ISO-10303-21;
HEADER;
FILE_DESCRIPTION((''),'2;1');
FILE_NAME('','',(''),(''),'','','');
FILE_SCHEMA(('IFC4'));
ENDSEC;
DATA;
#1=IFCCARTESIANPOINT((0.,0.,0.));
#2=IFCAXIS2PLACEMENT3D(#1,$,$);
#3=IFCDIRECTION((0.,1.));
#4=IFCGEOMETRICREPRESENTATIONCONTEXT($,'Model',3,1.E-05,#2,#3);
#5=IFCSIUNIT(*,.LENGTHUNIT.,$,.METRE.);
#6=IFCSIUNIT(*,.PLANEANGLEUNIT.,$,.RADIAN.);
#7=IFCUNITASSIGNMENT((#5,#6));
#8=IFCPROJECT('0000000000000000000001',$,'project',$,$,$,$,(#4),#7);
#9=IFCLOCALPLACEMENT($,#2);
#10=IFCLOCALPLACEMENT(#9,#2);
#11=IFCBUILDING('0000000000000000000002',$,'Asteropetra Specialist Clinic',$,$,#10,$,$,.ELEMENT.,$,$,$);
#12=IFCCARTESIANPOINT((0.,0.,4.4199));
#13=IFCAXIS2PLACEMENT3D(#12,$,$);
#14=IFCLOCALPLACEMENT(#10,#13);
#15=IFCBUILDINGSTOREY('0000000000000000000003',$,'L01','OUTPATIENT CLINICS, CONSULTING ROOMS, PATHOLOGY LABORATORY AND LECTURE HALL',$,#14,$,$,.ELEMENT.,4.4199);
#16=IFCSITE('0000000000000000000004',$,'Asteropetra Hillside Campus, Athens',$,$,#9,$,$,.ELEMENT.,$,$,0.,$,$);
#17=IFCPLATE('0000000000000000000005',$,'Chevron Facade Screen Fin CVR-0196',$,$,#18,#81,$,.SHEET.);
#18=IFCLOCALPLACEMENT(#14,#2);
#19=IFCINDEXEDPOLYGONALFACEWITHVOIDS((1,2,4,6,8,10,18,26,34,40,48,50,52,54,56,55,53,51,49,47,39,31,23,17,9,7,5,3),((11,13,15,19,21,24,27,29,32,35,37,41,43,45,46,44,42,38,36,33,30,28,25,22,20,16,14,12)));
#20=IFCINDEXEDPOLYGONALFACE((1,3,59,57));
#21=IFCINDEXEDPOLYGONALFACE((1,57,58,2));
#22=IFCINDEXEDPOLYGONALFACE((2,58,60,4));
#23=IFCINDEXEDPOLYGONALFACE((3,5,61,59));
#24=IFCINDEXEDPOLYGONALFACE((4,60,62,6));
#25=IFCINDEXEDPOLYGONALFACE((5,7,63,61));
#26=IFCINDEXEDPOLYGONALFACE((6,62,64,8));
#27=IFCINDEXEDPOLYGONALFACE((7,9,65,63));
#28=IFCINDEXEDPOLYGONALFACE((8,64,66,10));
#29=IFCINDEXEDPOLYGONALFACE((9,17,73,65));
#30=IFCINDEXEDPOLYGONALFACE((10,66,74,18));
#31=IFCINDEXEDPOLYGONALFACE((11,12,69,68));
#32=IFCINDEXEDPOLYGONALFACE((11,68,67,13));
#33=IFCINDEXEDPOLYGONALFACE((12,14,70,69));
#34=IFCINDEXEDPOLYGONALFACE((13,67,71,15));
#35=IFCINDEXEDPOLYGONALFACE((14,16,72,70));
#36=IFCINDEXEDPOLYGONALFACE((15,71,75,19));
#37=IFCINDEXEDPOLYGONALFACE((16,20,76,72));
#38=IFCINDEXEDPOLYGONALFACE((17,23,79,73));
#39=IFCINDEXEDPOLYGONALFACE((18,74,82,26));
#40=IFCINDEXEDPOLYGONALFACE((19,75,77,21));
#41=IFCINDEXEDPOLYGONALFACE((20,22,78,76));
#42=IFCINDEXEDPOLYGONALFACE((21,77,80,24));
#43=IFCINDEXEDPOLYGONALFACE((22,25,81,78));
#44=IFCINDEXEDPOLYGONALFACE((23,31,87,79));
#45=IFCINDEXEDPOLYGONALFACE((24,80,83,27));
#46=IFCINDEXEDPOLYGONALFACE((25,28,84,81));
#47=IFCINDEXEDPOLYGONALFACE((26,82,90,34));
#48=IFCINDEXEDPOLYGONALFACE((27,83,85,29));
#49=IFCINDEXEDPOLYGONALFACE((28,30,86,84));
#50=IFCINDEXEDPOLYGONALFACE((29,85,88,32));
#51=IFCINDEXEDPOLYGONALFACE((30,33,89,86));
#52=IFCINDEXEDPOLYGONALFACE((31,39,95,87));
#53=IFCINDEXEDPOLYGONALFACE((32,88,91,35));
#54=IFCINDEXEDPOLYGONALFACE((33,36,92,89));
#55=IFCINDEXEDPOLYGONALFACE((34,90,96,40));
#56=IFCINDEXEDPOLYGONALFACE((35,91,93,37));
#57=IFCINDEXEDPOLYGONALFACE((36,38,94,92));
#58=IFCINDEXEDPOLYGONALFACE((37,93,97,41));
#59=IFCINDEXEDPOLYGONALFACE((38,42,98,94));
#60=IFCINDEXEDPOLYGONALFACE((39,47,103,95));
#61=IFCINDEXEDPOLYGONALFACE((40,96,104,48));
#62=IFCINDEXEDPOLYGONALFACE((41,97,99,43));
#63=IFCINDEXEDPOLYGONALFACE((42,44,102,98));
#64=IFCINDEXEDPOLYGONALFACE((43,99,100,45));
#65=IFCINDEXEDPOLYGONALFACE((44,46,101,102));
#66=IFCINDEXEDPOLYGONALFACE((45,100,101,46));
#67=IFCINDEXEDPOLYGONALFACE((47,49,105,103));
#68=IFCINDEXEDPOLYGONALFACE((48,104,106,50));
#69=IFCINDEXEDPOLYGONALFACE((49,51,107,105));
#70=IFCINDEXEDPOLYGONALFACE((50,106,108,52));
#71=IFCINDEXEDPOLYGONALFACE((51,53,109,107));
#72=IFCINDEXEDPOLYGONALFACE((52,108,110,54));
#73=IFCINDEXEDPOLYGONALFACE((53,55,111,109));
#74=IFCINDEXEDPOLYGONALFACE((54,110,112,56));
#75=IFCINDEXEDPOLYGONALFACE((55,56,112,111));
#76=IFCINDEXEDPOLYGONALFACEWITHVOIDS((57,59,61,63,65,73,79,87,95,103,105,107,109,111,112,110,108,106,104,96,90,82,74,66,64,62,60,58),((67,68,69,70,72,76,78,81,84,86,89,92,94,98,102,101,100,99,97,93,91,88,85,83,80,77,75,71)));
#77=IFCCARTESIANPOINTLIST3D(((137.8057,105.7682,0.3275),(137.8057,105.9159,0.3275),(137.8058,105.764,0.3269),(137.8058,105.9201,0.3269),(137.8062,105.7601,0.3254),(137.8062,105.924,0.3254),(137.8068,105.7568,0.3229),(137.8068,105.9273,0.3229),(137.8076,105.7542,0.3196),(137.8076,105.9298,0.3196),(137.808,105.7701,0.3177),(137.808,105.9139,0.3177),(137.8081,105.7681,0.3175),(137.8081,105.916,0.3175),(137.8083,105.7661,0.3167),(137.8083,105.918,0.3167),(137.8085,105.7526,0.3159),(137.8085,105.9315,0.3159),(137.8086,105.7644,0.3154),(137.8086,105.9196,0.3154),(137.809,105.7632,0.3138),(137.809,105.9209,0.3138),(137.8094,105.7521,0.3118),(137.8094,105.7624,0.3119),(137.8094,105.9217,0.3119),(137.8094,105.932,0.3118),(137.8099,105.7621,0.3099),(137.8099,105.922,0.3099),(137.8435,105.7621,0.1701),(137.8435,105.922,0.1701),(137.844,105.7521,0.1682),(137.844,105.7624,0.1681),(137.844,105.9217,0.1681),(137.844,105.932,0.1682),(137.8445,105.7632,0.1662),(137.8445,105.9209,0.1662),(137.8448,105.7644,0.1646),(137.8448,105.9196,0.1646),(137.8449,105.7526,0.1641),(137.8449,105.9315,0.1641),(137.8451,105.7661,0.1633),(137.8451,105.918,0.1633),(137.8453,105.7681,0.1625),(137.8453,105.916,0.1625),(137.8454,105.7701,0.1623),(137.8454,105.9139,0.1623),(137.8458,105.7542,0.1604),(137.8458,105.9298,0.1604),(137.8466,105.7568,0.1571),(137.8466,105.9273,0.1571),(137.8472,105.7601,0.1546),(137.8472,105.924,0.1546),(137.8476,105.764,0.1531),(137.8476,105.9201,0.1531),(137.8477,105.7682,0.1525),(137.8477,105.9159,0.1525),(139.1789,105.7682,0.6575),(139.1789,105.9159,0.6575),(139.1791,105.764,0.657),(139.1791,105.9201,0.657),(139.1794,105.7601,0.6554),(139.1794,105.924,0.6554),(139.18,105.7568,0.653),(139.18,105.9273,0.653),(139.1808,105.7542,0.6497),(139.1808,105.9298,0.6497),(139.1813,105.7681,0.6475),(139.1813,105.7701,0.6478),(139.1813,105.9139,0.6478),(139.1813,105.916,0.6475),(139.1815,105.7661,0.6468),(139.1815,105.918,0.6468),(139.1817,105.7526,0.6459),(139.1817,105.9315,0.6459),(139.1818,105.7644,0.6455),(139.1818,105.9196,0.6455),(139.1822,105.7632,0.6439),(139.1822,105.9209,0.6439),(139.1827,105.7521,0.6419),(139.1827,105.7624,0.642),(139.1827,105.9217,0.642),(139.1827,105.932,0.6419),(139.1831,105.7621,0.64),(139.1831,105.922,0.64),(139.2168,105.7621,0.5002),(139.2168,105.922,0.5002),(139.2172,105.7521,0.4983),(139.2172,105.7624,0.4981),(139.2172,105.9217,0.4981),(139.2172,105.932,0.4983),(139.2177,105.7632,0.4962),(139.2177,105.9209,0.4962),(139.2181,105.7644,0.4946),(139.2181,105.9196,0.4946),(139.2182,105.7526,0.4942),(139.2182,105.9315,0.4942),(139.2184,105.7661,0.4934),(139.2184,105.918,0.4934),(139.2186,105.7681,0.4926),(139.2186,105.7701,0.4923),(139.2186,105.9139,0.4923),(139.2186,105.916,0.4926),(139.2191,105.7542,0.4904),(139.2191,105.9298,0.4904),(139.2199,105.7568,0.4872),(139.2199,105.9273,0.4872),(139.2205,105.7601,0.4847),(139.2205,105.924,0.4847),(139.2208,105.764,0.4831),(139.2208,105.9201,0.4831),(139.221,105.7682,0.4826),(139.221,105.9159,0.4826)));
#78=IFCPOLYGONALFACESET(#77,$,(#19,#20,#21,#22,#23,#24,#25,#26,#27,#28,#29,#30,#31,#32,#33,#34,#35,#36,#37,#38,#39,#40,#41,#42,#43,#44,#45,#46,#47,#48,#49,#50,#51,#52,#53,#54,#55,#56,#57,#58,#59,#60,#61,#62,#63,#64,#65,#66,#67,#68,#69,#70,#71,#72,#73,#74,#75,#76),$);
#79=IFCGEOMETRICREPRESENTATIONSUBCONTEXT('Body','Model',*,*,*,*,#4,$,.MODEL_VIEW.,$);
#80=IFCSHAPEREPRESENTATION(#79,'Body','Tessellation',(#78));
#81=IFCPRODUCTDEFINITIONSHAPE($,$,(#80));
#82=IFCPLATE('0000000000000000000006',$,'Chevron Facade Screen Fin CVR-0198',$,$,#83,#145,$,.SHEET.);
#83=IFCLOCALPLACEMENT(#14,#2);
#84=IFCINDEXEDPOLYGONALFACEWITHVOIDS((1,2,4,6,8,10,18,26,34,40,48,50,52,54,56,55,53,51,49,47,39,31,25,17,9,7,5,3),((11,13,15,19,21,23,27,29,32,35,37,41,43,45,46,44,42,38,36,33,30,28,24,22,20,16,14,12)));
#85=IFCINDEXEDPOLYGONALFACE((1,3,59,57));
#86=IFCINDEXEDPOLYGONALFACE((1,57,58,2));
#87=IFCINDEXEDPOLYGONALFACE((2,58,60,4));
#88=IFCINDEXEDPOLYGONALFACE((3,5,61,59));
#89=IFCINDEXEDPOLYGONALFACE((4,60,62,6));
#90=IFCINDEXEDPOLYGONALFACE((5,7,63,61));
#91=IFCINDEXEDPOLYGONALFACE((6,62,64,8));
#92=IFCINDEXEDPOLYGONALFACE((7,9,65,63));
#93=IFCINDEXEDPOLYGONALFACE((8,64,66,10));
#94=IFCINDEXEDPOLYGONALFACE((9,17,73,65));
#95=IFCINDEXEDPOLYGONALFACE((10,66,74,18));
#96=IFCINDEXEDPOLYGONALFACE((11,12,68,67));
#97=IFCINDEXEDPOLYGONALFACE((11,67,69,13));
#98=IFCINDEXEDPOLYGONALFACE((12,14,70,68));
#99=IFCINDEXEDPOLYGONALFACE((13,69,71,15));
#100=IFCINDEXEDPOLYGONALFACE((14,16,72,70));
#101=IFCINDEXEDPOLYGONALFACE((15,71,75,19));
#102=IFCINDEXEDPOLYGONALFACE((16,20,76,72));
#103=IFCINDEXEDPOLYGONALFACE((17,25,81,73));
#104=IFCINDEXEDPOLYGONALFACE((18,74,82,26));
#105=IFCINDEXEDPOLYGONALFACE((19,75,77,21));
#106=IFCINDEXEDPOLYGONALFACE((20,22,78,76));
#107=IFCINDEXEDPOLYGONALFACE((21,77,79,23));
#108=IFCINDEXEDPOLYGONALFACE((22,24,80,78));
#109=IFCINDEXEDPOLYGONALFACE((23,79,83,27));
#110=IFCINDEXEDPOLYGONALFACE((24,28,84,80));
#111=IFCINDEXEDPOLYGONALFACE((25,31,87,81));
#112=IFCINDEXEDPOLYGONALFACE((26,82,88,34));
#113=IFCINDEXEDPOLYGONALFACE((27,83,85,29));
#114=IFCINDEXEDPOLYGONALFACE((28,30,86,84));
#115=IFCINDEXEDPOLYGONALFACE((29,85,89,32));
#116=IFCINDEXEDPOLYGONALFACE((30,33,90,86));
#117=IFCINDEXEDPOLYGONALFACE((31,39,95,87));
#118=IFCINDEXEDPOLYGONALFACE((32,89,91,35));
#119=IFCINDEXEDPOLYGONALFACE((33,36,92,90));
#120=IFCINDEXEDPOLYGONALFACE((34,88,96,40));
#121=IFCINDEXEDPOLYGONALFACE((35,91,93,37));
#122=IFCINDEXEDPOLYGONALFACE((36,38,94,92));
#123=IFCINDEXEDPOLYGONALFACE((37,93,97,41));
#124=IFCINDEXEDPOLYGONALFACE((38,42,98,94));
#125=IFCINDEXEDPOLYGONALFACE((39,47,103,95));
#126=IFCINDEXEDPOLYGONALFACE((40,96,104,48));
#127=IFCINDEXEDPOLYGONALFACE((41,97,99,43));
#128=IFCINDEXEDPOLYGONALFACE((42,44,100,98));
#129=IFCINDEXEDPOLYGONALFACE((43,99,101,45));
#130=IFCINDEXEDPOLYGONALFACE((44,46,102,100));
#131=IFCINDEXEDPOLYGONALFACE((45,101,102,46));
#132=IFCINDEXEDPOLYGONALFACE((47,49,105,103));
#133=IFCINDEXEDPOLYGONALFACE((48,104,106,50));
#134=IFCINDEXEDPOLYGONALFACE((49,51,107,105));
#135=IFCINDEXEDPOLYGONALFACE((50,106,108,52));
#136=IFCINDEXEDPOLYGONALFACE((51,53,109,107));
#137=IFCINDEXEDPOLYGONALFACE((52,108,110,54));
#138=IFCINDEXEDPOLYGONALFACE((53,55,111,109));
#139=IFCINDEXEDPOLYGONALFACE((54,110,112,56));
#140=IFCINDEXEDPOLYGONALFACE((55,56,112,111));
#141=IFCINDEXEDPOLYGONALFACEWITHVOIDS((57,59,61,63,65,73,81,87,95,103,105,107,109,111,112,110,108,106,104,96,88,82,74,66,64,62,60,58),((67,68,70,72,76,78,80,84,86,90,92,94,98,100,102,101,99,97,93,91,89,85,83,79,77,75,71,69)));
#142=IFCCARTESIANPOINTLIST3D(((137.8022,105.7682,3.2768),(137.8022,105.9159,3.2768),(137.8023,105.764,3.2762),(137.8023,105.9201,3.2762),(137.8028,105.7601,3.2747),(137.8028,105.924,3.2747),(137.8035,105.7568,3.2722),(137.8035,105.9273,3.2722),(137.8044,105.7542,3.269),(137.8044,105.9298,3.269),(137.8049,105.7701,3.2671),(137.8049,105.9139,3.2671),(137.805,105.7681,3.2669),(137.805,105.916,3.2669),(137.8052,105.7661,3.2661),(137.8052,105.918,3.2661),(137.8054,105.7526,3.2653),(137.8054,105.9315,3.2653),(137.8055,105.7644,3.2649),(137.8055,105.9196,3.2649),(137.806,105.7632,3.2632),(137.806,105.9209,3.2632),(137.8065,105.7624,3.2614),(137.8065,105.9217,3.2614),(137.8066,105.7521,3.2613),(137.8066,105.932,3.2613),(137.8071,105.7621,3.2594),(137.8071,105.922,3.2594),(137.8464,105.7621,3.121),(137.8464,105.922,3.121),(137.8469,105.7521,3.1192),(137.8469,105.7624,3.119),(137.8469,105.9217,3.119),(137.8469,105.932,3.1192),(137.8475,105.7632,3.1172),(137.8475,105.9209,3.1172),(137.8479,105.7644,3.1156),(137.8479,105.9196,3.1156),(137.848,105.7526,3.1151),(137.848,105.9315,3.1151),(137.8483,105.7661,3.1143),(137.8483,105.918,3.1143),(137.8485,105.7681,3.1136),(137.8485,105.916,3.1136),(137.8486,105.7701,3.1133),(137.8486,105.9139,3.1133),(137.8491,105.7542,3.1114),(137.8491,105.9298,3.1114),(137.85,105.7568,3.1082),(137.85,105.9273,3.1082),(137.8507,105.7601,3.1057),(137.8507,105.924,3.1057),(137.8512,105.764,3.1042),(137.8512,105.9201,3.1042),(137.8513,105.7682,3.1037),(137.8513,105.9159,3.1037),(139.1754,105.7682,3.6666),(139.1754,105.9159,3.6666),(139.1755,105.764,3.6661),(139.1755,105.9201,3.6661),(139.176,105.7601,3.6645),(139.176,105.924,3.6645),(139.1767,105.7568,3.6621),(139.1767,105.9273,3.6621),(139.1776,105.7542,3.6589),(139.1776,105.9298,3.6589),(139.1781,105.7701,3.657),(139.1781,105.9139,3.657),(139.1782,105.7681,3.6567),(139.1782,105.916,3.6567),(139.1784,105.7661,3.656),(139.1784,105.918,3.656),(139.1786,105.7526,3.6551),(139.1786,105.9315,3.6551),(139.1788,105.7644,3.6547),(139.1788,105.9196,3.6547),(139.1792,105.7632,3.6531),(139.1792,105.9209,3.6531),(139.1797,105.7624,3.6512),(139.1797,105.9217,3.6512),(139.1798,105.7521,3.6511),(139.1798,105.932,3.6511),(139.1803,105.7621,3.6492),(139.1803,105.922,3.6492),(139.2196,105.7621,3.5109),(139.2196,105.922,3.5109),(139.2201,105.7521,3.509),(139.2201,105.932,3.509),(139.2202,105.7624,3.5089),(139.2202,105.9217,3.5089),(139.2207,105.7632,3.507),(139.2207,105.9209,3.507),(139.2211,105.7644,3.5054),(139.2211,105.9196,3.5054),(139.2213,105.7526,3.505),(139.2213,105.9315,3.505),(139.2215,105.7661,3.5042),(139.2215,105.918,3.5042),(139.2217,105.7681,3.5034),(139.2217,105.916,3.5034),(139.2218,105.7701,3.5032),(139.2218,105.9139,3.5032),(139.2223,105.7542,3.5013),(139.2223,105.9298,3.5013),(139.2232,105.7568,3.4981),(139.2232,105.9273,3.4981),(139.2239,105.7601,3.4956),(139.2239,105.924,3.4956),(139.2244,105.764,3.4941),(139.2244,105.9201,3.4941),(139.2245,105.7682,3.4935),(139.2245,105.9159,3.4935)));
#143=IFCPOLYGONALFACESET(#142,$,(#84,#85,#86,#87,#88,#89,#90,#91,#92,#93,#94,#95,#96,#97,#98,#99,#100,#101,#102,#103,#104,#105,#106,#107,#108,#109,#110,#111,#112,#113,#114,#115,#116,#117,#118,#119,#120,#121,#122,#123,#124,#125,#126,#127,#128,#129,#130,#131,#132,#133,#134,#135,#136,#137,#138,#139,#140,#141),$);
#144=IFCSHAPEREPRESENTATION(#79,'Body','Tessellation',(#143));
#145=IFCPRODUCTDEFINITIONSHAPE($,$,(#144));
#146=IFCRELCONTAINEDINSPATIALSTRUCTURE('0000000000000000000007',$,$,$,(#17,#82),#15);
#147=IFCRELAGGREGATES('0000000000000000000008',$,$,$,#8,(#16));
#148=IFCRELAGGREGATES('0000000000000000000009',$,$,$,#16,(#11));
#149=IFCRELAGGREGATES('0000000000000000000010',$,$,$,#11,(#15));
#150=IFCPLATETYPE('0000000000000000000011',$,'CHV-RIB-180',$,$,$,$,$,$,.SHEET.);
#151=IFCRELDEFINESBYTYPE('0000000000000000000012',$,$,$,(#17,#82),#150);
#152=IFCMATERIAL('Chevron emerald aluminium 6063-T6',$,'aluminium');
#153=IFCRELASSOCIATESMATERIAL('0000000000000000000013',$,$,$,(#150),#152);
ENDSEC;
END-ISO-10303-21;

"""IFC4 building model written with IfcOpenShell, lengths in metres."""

from ifc_helpers import new_model, si_unit, direction, frame, origin, origin_2d, place, context, subcontext, project, spatial, hollow_rectangle, extrude, material, material_profile, profile_set, type_object, element, save


model = new_model("IFC4")

# Units and contexts
model_context = context("Model", 3, precision=1e-05, world=origin(), true_north=direction((0.0, 1.0)))
body_context = subcontext(model_context, "Body", "Model", "MODEL_VIEW")
ifc_project = project(units=[si_unit("LENGTHUNIT", "METRE"), si_unit("PLANEANGLEUNIT", "RADIAN")], contexts=[model_context])

# Site, building, storey
site_placement = place(None, origin())
site = spatial("IfcSite", under=ifc_project, at=site_placement, Name="Asteropetra Hillside Campus, Athens", CompositionType="ELEMENT", RefElevation=0.0)
building_placement = place(site_placement, origin())
building = spatial("IfcBuilding", under=site, at=building_placement, Name="Asteropetra Specialist Clinic", CompositionType="ELEMENT")
storey_placement = place(building_placement, frame((0.0, 0.0, 4.4199)))
storey = spatial("IfcBuildingStorey", under=building, at=storey_placement, Name="L01", Description="OUTPATIENT CLINICS, CONSULTING ROOMS, PATHOLOGY LABORATORY AND LECTURE HALL", CompositionType="ELEMENT", Elevation=4.4199)

# Plates
ifc_material_1 = material(Name="Chevron emerald aluminium 6063-T6", Category="aluminium")
ifc_material_profile_1 = material_profile(ifc_material_1, hollow_rectangle(XDim=0.1799, YDim=0.1799, WallThickness=0.01, InnerFilletRadius=0.0081, OuterFilletRadius=0.0161, at=origin_2d()), Name="SHS 180x180x10.0")
ifc_profile_set_1 = profile_set([ifc_material_profile_1], Name="Chevron emerald aluminium 6063-T6")
plate_type = type_object("IfcPlateType", Name="CHV-RIB-180", PredefinedType="SHEET", material=ifc_profile_set_1)
for number, where, z_axis, x_axis, name in (
    (1, (139.2, 105.842, 0.5701), (-0.972309, 0.0, -0.2337), (0.0, -1.0, 0.0), "Chevron Facade Screen Fin CVR-0196"),
):
    element("IfcPlate", number, at=place(storey_placement, frame(where, z_axis=z_axis, x_axis=x_axis)), inside=storey, type_object=plate_type, Name=name, PredefinedType="SHEET", context=body_context, shape_type="SweptSolid", body=[
        extrude(hollow_rectangle(XDim=0.1799, YDim=0.1799, WallThickness=0.01, InnerFilletRadius=0.0081, OuterFilletRadius=0.0161, at=origin_2d()), origin(), (0.0, 0.0, 1.0), 1.4124),
    ])
plate_placement = place(storey_placement, frame((139.2, 105.842, 3.5801), z_axis=(-0.961981, 0.0, -0.273117), x_axis=(0.0, -1.0, 0.0)))
element("IfcPlate", 2, at=plate_placement, inside=storey, type_object=plate_type, Name="Chevron Facade Screen Fin CVR-0198", PredefinedType="SHEET", context=body_context, shape_type="SweptSolid", body=[
    extrude(hollow_rectangle(XDim=0.1799, YDim=0.1799, WallThickness=0.01, InnerFilletRadius=0.0081, OuterFilletRadius=0.0161, at=origin_2d()), origin(), (0.0, 0.0, 1.0), 1.4275),
])

save(model, "model.ifc")
